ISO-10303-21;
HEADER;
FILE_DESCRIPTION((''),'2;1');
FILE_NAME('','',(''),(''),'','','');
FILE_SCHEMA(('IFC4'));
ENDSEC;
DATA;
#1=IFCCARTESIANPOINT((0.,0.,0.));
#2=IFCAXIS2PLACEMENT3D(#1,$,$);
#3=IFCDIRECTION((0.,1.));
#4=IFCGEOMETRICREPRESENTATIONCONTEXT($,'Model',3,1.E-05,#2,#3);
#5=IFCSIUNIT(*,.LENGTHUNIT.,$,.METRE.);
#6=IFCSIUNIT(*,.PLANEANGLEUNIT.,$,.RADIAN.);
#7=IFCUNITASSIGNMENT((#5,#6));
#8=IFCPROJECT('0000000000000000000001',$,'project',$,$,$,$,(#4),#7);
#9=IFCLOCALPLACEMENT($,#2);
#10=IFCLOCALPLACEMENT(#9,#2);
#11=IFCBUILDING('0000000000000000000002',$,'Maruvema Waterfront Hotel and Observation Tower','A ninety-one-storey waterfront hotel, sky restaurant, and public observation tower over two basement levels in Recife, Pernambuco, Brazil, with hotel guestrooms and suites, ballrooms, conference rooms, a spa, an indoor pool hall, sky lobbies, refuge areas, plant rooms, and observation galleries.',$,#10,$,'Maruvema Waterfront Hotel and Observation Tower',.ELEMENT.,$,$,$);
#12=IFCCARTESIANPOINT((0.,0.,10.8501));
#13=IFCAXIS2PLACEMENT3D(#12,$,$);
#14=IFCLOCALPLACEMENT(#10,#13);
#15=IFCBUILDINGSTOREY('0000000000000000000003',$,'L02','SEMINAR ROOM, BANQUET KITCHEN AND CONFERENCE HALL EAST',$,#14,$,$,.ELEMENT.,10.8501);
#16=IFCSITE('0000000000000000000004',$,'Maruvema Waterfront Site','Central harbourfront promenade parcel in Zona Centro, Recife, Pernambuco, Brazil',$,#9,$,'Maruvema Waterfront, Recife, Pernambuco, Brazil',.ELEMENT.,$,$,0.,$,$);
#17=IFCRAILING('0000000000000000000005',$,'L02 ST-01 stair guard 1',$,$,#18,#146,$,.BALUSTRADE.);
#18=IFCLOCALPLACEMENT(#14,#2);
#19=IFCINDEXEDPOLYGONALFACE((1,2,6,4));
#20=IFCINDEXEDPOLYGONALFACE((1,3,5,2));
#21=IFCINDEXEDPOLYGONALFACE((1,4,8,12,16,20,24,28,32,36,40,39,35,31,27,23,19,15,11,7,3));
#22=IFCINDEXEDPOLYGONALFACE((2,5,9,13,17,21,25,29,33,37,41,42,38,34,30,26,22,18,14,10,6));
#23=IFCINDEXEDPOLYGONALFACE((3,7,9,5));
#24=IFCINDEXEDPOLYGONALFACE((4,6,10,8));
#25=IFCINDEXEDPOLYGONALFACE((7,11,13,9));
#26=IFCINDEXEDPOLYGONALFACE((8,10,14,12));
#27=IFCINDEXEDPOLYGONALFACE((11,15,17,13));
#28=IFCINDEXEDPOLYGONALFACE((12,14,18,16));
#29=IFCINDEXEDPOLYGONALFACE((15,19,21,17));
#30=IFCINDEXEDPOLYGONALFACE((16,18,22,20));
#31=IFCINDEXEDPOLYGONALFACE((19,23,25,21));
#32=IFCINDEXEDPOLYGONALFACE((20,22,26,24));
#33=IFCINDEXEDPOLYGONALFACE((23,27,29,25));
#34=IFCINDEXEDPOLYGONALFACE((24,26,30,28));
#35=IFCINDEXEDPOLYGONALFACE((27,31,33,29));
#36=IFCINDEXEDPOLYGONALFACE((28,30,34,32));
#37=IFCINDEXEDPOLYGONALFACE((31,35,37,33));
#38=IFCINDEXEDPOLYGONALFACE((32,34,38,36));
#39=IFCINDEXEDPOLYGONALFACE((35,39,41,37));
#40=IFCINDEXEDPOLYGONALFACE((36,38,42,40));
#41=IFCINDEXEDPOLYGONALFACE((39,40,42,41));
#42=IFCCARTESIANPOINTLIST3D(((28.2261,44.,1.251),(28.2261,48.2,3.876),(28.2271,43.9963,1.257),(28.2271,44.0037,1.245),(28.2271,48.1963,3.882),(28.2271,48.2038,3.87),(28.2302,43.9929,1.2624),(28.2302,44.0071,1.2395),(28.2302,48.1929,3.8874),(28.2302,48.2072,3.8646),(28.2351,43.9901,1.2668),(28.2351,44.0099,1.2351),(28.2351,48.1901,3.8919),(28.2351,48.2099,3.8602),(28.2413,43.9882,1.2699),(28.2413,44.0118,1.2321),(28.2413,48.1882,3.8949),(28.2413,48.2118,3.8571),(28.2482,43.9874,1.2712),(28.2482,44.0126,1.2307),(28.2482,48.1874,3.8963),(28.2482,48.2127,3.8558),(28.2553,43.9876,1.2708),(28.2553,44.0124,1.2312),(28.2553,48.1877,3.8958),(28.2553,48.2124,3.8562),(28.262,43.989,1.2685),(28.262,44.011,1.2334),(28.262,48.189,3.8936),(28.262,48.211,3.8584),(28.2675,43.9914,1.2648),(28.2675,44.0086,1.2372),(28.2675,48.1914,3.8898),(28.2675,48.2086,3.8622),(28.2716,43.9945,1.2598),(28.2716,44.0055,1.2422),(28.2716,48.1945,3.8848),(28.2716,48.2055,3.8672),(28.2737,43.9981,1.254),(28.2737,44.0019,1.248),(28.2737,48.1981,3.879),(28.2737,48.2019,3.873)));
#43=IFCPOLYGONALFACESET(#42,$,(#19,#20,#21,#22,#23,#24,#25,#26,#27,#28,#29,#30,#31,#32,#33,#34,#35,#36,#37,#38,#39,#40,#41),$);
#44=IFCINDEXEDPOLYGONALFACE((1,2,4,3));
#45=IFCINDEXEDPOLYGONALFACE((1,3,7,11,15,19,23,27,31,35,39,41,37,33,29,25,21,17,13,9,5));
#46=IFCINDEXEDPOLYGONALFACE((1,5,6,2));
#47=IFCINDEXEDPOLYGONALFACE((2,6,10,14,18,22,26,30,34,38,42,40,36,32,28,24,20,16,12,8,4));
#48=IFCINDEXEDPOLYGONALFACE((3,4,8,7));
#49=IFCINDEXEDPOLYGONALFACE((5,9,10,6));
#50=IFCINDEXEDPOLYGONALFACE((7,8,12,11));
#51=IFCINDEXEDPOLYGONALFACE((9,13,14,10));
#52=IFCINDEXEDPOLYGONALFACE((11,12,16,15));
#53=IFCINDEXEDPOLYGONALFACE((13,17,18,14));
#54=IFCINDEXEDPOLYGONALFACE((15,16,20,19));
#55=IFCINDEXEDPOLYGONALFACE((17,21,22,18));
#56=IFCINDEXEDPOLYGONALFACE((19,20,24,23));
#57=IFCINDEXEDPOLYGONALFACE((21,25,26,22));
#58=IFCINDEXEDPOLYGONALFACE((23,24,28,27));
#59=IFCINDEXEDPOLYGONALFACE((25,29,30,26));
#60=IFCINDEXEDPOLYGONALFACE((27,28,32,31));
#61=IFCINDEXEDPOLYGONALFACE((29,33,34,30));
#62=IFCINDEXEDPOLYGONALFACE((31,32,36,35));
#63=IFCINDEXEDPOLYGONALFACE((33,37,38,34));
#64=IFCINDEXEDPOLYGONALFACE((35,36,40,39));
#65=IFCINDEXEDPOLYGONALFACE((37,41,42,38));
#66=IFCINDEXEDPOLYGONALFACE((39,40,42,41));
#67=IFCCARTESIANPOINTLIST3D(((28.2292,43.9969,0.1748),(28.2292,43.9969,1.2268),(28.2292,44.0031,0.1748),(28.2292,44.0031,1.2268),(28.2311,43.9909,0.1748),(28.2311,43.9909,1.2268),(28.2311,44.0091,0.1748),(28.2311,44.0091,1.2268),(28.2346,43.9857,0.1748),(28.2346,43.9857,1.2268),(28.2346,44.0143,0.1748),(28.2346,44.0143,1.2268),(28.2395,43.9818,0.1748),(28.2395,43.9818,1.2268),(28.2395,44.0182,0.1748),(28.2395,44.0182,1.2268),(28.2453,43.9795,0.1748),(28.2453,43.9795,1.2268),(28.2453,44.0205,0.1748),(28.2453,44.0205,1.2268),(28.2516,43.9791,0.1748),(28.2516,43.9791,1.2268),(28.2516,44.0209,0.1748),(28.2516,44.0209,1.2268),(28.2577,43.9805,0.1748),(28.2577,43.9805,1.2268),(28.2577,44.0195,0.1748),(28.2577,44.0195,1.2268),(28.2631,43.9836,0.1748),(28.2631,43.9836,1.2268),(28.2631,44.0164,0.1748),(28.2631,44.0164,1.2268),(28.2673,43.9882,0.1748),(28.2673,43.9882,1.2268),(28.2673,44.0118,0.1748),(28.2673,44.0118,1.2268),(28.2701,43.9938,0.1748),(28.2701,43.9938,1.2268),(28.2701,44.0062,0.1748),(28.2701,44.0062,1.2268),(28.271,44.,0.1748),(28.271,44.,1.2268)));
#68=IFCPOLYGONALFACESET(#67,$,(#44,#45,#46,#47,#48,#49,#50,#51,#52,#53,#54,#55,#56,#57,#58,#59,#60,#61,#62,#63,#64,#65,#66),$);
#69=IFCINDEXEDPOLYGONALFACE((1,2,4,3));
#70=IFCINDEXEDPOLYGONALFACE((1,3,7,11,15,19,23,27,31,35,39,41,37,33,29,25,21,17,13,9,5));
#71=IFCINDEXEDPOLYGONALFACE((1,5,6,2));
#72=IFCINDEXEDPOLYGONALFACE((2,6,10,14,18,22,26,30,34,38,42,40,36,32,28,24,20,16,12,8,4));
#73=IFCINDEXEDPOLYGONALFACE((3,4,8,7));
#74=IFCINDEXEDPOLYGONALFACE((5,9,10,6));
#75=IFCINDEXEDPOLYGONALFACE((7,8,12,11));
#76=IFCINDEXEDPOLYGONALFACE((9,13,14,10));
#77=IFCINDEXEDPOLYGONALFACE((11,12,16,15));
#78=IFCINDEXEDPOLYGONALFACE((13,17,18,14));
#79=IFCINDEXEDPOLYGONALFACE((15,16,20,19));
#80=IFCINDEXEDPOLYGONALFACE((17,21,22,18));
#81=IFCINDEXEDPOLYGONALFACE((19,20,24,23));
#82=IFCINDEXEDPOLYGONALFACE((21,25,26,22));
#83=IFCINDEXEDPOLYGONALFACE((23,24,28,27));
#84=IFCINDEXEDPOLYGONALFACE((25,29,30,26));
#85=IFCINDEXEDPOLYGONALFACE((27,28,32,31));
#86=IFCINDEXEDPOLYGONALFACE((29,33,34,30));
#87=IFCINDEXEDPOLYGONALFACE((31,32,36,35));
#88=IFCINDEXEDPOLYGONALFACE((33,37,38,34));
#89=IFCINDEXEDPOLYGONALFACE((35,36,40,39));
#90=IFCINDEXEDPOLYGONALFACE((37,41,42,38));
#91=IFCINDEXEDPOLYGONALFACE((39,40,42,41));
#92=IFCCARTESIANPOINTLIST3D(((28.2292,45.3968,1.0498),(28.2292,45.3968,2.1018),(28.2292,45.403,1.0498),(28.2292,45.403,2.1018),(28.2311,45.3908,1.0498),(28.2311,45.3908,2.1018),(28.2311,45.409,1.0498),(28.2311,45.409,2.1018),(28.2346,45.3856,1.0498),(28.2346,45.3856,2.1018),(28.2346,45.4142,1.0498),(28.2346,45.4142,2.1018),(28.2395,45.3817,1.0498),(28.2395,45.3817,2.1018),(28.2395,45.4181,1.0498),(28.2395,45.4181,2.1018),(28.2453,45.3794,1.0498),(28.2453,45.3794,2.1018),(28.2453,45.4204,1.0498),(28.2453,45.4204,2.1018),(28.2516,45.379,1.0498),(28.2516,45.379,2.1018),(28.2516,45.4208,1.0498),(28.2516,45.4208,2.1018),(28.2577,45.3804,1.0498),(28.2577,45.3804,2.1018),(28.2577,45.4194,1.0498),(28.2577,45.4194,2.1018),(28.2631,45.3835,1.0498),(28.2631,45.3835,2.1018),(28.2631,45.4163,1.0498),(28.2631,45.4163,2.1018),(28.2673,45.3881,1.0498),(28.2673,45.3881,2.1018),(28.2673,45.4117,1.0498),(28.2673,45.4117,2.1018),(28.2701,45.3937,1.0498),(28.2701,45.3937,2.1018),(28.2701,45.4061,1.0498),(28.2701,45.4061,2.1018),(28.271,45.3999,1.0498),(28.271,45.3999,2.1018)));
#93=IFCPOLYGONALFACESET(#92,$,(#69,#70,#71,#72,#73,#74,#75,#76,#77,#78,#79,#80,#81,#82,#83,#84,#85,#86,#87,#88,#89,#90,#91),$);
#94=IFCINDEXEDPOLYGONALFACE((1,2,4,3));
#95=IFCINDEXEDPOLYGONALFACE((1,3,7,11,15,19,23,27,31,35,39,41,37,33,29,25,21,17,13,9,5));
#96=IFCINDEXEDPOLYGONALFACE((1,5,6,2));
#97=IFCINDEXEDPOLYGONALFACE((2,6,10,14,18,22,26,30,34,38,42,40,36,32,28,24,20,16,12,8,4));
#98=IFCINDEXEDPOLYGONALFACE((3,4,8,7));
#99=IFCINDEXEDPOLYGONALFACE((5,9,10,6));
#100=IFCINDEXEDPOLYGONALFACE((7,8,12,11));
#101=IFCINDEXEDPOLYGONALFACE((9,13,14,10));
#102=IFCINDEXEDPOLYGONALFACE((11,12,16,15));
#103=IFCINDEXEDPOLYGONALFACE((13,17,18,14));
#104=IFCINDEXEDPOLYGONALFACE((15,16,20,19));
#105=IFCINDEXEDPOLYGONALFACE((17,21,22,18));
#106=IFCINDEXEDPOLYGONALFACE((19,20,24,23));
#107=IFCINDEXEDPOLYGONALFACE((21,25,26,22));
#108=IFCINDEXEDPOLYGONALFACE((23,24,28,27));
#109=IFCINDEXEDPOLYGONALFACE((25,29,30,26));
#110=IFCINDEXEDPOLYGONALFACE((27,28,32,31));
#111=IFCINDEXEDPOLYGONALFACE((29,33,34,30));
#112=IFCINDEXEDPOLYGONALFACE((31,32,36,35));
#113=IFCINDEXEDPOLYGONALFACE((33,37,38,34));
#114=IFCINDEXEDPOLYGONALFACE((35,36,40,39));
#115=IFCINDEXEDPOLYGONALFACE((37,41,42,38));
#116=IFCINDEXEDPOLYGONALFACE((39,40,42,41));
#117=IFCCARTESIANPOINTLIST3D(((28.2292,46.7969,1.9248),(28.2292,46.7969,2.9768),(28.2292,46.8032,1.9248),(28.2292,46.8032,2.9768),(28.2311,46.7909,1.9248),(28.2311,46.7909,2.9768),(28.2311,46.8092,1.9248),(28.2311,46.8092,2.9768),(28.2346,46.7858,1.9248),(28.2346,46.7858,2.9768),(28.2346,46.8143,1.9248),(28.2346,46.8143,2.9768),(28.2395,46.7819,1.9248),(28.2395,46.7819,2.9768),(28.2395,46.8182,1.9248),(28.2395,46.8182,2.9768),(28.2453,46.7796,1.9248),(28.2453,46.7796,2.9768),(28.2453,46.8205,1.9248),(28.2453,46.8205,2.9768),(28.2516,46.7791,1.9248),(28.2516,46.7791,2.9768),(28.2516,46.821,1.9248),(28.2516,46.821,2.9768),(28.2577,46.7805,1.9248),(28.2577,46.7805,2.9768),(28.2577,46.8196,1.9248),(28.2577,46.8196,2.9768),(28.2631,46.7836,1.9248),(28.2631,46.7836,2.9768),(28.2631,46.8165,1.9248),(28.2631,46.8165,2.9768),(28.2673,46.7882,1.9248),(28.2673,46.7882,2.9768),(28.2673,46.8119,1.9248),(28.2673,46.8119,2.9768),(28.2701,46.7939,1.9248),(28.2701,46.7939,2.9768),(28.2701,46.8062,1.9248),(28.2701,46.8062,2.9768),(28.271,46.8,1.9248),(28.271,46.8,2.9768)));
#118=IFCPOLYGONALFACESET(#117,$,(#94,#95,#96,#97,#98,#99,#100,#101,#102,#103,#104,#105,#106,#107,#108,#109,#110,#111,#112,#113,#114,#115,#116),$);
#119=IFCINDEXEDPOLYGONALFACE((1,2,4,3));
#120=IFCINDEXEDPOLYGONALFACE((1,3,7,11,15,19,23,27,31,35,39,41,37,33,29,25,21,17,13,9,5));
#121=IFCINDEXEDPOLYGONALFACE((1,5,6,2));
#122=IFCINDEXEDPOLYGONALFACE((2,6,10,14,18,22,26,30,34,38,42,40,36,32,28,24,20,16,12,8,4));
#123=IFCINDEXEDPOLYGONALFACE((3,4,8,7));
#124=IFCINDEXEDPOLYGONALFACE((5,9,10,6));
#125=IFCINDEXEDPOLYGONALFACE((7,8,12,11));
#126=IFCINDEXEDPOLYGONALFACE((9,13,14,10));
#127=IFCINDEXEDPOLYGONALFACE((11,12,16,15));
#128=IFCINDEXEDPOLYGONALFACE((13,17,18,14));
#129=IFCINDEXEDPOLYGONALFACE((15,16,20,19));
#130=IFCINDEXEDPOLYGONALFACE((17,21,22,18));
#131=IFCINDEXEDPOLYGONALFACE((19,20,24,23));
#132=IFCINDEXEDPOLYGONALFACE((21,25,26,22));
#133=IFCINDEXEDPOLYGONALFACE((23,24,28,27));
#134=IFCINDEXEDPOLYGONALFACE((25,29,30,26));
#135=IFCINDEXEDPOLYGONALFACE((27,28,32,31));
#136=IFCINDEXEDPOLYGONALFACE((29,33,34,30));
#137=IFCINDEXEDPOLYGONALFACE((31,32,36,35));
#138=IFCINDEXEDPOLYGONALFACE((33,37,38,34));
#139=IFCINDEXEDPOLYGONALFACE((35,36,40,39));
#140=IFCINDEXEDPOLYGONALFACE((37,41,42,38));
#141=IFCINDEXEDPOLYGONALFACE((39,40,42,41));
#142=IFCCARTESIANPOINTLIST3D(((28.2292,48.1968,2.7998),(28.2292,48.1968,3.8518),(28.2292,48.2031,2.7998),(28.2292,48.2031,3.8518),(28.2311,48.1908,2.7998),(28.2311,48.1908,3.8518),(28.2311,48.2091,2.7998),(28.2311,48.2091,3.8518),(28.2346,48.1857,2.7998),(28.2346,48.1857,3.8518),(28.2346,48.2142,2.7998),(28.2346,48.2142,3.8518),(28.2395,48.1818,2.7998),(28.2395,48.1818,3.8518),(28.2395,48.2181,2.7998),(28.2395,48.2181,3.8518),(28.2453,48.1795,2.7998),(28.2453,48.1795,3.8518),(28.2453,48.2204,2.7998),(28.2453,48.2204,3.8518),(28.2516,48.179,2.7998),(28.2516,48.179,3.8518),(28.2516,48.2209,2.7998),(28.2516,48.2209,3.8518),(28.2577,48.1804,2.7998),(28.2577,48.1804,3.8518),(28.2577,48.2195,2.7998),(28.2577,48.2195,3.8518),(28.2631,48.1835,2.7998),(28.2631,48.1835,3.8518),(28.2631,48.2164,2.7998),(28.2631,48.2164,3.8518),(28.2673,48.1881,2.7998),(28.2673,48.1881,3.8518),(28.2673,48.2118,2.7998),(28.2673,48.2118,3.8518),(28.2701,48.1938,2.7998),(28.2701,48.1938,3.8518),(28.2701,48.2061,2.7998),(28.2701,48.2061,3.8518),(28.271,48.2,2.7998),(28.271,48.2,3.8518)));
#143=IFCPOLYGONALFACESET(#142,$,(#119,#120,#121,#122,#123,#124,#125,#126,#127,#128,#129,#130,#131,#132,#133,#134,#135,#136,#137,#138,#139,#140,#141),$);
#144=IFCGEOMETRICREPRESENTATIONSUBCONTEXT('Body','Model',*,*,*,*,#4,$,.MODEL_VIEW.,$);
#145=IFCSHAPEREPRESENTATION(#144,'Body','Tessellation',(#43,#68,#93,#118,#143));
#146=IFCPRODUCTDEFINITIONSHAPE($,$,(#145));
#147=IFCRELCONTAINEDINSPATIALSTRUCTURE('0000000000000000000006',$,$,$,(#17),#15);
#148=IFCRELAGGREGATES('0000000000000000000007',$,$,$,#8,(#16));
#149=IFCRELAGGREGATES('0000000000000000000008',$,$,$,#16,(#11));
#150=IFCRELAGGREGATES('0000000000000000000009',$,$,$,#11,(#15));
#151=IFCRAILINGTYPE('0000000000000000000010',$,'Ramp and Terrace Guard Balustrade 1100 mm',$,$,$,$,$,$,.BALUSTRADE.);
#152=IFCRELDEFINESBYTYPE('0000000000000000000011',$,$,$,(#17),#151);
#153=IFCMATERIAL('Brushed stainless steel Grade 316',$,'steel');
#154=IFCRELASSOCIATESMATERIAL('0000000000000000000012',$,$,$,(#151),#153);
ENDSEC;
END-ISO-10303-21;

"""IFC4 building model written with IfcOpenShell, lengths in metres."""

from ifc_helpers import new_model, si_unit, direction, frame, origin, origin_2d, place, context, subcontext, project, spatial, circle, extrude, material, type_object, element, save


model = new_model("IFC4")

# Units and contexts
model_context = context("Model", 3, precision=1e-05, world=origin(), true_north=direction((0.0, 1.0)))
body_context = subcontext(model_context, "Body", "Model", "MODEL_VIEW")
ifc_project = project(units=[si_unit("LENGTHUNIT", "METRE"), si_unit("PLANEANGLEUNIT", "RADIAN")], contexts=[model_context])

# Site, building, storey
site_placement = place(None, origin())
site = spatial("IfcSite", under=ifc_project, at=site_placement, Name="Maruvema Waterfront Site", Description="Central harbourfront promenade parcel in Zona Centro, Recife, Pernambuco, Brazil", LongName="Maruvema Waterfront, Recife, Pernambuco, Brazil", CompositionType="ELEMENT", RefElevation=0.0)
building_placement = place(site_placement, origin())
building = spatial("IfcBuilding", under=site, at=building_placement, Name="Maruvema Waterfront Hotel and Observation Tower", Description="A ninety-one-storey waterfront hotel, sky restaurant, and public observation tower over two basement levels in Recife, Pernambuco, Brazil, with hotel guestrooms and suites, ballrooms, conference rooms, a spa, an indoor pool hall, sky lobbies, refuge areas, plant rooms, and observation galleries.", LongName="Maruvema Waterfront Hotel and Observation Tower", CompositionType="ELEMENT")
storey_placement = place(building_placement, frame((0.0, 0.0, 10.8501)))
storey = spatial("IfcBuildingStorey", under=building, at=storey_placement, Name="L02", Description="SEMINAR ROOM, BANQUET KITCHEN AND CONFERENCE HALL EAST", CompositionType="ELEMENT", Elevation=10.8501)

# Railing
ifc_material_1 = material(Name="Brushed stainless steel Grade 316", Category="steel")
railing_type_1 = type_object("IfcRailingType", Name="Ramp and Terrace Guard Balustrade 1100 mm", PredefinedType="BALUSTRADE", material=ifc_material_1)
railing_1_placement = place(storey_placement, frame((28.25, 44.0, 0.1748)))
element("IfcRailing", 1, at=railing_1_placement, inside=storey, type_object=railing_type_1, Name="L02 ST-01 stair guard 1", PredefinedType="BALUSTRADE", context=body_context, shape_type="SweptSolid", body=[
    extrude(circle(Radius=0.0239, at=origin_2d()), frame((0.0, 0.0, 1.0762), z_axis=(0.0, 0.847996, 0.530003), x_axis=(-1.0, 0.0, 0.0)), (0.0, 0.0, 1.0), 4.9529),
    extrude(circle(Radius=0.021, at=origin_2d()), origin(), (0.0, 0.0, 1.0), 1.052),
    extrude(circle(Radius=0.021, at=origin_2d()), frame((0.0, 1.3999, 0.875)), (0.0, 0.0, 1.0), 1.052),
    extrude(circle(Radius=0.021, at=origin_2d()), frame((0.0, 2.8, 1.75)), (0.0, 0.0, 1.0), 1.052),
    extrude(circle(Radius=0.021, at=origin_2d()), frame((0.0, 4.2, 2.625)), (0.0, 0.0, 1.0), 1.052),
])

save(model, "model.ifc")
